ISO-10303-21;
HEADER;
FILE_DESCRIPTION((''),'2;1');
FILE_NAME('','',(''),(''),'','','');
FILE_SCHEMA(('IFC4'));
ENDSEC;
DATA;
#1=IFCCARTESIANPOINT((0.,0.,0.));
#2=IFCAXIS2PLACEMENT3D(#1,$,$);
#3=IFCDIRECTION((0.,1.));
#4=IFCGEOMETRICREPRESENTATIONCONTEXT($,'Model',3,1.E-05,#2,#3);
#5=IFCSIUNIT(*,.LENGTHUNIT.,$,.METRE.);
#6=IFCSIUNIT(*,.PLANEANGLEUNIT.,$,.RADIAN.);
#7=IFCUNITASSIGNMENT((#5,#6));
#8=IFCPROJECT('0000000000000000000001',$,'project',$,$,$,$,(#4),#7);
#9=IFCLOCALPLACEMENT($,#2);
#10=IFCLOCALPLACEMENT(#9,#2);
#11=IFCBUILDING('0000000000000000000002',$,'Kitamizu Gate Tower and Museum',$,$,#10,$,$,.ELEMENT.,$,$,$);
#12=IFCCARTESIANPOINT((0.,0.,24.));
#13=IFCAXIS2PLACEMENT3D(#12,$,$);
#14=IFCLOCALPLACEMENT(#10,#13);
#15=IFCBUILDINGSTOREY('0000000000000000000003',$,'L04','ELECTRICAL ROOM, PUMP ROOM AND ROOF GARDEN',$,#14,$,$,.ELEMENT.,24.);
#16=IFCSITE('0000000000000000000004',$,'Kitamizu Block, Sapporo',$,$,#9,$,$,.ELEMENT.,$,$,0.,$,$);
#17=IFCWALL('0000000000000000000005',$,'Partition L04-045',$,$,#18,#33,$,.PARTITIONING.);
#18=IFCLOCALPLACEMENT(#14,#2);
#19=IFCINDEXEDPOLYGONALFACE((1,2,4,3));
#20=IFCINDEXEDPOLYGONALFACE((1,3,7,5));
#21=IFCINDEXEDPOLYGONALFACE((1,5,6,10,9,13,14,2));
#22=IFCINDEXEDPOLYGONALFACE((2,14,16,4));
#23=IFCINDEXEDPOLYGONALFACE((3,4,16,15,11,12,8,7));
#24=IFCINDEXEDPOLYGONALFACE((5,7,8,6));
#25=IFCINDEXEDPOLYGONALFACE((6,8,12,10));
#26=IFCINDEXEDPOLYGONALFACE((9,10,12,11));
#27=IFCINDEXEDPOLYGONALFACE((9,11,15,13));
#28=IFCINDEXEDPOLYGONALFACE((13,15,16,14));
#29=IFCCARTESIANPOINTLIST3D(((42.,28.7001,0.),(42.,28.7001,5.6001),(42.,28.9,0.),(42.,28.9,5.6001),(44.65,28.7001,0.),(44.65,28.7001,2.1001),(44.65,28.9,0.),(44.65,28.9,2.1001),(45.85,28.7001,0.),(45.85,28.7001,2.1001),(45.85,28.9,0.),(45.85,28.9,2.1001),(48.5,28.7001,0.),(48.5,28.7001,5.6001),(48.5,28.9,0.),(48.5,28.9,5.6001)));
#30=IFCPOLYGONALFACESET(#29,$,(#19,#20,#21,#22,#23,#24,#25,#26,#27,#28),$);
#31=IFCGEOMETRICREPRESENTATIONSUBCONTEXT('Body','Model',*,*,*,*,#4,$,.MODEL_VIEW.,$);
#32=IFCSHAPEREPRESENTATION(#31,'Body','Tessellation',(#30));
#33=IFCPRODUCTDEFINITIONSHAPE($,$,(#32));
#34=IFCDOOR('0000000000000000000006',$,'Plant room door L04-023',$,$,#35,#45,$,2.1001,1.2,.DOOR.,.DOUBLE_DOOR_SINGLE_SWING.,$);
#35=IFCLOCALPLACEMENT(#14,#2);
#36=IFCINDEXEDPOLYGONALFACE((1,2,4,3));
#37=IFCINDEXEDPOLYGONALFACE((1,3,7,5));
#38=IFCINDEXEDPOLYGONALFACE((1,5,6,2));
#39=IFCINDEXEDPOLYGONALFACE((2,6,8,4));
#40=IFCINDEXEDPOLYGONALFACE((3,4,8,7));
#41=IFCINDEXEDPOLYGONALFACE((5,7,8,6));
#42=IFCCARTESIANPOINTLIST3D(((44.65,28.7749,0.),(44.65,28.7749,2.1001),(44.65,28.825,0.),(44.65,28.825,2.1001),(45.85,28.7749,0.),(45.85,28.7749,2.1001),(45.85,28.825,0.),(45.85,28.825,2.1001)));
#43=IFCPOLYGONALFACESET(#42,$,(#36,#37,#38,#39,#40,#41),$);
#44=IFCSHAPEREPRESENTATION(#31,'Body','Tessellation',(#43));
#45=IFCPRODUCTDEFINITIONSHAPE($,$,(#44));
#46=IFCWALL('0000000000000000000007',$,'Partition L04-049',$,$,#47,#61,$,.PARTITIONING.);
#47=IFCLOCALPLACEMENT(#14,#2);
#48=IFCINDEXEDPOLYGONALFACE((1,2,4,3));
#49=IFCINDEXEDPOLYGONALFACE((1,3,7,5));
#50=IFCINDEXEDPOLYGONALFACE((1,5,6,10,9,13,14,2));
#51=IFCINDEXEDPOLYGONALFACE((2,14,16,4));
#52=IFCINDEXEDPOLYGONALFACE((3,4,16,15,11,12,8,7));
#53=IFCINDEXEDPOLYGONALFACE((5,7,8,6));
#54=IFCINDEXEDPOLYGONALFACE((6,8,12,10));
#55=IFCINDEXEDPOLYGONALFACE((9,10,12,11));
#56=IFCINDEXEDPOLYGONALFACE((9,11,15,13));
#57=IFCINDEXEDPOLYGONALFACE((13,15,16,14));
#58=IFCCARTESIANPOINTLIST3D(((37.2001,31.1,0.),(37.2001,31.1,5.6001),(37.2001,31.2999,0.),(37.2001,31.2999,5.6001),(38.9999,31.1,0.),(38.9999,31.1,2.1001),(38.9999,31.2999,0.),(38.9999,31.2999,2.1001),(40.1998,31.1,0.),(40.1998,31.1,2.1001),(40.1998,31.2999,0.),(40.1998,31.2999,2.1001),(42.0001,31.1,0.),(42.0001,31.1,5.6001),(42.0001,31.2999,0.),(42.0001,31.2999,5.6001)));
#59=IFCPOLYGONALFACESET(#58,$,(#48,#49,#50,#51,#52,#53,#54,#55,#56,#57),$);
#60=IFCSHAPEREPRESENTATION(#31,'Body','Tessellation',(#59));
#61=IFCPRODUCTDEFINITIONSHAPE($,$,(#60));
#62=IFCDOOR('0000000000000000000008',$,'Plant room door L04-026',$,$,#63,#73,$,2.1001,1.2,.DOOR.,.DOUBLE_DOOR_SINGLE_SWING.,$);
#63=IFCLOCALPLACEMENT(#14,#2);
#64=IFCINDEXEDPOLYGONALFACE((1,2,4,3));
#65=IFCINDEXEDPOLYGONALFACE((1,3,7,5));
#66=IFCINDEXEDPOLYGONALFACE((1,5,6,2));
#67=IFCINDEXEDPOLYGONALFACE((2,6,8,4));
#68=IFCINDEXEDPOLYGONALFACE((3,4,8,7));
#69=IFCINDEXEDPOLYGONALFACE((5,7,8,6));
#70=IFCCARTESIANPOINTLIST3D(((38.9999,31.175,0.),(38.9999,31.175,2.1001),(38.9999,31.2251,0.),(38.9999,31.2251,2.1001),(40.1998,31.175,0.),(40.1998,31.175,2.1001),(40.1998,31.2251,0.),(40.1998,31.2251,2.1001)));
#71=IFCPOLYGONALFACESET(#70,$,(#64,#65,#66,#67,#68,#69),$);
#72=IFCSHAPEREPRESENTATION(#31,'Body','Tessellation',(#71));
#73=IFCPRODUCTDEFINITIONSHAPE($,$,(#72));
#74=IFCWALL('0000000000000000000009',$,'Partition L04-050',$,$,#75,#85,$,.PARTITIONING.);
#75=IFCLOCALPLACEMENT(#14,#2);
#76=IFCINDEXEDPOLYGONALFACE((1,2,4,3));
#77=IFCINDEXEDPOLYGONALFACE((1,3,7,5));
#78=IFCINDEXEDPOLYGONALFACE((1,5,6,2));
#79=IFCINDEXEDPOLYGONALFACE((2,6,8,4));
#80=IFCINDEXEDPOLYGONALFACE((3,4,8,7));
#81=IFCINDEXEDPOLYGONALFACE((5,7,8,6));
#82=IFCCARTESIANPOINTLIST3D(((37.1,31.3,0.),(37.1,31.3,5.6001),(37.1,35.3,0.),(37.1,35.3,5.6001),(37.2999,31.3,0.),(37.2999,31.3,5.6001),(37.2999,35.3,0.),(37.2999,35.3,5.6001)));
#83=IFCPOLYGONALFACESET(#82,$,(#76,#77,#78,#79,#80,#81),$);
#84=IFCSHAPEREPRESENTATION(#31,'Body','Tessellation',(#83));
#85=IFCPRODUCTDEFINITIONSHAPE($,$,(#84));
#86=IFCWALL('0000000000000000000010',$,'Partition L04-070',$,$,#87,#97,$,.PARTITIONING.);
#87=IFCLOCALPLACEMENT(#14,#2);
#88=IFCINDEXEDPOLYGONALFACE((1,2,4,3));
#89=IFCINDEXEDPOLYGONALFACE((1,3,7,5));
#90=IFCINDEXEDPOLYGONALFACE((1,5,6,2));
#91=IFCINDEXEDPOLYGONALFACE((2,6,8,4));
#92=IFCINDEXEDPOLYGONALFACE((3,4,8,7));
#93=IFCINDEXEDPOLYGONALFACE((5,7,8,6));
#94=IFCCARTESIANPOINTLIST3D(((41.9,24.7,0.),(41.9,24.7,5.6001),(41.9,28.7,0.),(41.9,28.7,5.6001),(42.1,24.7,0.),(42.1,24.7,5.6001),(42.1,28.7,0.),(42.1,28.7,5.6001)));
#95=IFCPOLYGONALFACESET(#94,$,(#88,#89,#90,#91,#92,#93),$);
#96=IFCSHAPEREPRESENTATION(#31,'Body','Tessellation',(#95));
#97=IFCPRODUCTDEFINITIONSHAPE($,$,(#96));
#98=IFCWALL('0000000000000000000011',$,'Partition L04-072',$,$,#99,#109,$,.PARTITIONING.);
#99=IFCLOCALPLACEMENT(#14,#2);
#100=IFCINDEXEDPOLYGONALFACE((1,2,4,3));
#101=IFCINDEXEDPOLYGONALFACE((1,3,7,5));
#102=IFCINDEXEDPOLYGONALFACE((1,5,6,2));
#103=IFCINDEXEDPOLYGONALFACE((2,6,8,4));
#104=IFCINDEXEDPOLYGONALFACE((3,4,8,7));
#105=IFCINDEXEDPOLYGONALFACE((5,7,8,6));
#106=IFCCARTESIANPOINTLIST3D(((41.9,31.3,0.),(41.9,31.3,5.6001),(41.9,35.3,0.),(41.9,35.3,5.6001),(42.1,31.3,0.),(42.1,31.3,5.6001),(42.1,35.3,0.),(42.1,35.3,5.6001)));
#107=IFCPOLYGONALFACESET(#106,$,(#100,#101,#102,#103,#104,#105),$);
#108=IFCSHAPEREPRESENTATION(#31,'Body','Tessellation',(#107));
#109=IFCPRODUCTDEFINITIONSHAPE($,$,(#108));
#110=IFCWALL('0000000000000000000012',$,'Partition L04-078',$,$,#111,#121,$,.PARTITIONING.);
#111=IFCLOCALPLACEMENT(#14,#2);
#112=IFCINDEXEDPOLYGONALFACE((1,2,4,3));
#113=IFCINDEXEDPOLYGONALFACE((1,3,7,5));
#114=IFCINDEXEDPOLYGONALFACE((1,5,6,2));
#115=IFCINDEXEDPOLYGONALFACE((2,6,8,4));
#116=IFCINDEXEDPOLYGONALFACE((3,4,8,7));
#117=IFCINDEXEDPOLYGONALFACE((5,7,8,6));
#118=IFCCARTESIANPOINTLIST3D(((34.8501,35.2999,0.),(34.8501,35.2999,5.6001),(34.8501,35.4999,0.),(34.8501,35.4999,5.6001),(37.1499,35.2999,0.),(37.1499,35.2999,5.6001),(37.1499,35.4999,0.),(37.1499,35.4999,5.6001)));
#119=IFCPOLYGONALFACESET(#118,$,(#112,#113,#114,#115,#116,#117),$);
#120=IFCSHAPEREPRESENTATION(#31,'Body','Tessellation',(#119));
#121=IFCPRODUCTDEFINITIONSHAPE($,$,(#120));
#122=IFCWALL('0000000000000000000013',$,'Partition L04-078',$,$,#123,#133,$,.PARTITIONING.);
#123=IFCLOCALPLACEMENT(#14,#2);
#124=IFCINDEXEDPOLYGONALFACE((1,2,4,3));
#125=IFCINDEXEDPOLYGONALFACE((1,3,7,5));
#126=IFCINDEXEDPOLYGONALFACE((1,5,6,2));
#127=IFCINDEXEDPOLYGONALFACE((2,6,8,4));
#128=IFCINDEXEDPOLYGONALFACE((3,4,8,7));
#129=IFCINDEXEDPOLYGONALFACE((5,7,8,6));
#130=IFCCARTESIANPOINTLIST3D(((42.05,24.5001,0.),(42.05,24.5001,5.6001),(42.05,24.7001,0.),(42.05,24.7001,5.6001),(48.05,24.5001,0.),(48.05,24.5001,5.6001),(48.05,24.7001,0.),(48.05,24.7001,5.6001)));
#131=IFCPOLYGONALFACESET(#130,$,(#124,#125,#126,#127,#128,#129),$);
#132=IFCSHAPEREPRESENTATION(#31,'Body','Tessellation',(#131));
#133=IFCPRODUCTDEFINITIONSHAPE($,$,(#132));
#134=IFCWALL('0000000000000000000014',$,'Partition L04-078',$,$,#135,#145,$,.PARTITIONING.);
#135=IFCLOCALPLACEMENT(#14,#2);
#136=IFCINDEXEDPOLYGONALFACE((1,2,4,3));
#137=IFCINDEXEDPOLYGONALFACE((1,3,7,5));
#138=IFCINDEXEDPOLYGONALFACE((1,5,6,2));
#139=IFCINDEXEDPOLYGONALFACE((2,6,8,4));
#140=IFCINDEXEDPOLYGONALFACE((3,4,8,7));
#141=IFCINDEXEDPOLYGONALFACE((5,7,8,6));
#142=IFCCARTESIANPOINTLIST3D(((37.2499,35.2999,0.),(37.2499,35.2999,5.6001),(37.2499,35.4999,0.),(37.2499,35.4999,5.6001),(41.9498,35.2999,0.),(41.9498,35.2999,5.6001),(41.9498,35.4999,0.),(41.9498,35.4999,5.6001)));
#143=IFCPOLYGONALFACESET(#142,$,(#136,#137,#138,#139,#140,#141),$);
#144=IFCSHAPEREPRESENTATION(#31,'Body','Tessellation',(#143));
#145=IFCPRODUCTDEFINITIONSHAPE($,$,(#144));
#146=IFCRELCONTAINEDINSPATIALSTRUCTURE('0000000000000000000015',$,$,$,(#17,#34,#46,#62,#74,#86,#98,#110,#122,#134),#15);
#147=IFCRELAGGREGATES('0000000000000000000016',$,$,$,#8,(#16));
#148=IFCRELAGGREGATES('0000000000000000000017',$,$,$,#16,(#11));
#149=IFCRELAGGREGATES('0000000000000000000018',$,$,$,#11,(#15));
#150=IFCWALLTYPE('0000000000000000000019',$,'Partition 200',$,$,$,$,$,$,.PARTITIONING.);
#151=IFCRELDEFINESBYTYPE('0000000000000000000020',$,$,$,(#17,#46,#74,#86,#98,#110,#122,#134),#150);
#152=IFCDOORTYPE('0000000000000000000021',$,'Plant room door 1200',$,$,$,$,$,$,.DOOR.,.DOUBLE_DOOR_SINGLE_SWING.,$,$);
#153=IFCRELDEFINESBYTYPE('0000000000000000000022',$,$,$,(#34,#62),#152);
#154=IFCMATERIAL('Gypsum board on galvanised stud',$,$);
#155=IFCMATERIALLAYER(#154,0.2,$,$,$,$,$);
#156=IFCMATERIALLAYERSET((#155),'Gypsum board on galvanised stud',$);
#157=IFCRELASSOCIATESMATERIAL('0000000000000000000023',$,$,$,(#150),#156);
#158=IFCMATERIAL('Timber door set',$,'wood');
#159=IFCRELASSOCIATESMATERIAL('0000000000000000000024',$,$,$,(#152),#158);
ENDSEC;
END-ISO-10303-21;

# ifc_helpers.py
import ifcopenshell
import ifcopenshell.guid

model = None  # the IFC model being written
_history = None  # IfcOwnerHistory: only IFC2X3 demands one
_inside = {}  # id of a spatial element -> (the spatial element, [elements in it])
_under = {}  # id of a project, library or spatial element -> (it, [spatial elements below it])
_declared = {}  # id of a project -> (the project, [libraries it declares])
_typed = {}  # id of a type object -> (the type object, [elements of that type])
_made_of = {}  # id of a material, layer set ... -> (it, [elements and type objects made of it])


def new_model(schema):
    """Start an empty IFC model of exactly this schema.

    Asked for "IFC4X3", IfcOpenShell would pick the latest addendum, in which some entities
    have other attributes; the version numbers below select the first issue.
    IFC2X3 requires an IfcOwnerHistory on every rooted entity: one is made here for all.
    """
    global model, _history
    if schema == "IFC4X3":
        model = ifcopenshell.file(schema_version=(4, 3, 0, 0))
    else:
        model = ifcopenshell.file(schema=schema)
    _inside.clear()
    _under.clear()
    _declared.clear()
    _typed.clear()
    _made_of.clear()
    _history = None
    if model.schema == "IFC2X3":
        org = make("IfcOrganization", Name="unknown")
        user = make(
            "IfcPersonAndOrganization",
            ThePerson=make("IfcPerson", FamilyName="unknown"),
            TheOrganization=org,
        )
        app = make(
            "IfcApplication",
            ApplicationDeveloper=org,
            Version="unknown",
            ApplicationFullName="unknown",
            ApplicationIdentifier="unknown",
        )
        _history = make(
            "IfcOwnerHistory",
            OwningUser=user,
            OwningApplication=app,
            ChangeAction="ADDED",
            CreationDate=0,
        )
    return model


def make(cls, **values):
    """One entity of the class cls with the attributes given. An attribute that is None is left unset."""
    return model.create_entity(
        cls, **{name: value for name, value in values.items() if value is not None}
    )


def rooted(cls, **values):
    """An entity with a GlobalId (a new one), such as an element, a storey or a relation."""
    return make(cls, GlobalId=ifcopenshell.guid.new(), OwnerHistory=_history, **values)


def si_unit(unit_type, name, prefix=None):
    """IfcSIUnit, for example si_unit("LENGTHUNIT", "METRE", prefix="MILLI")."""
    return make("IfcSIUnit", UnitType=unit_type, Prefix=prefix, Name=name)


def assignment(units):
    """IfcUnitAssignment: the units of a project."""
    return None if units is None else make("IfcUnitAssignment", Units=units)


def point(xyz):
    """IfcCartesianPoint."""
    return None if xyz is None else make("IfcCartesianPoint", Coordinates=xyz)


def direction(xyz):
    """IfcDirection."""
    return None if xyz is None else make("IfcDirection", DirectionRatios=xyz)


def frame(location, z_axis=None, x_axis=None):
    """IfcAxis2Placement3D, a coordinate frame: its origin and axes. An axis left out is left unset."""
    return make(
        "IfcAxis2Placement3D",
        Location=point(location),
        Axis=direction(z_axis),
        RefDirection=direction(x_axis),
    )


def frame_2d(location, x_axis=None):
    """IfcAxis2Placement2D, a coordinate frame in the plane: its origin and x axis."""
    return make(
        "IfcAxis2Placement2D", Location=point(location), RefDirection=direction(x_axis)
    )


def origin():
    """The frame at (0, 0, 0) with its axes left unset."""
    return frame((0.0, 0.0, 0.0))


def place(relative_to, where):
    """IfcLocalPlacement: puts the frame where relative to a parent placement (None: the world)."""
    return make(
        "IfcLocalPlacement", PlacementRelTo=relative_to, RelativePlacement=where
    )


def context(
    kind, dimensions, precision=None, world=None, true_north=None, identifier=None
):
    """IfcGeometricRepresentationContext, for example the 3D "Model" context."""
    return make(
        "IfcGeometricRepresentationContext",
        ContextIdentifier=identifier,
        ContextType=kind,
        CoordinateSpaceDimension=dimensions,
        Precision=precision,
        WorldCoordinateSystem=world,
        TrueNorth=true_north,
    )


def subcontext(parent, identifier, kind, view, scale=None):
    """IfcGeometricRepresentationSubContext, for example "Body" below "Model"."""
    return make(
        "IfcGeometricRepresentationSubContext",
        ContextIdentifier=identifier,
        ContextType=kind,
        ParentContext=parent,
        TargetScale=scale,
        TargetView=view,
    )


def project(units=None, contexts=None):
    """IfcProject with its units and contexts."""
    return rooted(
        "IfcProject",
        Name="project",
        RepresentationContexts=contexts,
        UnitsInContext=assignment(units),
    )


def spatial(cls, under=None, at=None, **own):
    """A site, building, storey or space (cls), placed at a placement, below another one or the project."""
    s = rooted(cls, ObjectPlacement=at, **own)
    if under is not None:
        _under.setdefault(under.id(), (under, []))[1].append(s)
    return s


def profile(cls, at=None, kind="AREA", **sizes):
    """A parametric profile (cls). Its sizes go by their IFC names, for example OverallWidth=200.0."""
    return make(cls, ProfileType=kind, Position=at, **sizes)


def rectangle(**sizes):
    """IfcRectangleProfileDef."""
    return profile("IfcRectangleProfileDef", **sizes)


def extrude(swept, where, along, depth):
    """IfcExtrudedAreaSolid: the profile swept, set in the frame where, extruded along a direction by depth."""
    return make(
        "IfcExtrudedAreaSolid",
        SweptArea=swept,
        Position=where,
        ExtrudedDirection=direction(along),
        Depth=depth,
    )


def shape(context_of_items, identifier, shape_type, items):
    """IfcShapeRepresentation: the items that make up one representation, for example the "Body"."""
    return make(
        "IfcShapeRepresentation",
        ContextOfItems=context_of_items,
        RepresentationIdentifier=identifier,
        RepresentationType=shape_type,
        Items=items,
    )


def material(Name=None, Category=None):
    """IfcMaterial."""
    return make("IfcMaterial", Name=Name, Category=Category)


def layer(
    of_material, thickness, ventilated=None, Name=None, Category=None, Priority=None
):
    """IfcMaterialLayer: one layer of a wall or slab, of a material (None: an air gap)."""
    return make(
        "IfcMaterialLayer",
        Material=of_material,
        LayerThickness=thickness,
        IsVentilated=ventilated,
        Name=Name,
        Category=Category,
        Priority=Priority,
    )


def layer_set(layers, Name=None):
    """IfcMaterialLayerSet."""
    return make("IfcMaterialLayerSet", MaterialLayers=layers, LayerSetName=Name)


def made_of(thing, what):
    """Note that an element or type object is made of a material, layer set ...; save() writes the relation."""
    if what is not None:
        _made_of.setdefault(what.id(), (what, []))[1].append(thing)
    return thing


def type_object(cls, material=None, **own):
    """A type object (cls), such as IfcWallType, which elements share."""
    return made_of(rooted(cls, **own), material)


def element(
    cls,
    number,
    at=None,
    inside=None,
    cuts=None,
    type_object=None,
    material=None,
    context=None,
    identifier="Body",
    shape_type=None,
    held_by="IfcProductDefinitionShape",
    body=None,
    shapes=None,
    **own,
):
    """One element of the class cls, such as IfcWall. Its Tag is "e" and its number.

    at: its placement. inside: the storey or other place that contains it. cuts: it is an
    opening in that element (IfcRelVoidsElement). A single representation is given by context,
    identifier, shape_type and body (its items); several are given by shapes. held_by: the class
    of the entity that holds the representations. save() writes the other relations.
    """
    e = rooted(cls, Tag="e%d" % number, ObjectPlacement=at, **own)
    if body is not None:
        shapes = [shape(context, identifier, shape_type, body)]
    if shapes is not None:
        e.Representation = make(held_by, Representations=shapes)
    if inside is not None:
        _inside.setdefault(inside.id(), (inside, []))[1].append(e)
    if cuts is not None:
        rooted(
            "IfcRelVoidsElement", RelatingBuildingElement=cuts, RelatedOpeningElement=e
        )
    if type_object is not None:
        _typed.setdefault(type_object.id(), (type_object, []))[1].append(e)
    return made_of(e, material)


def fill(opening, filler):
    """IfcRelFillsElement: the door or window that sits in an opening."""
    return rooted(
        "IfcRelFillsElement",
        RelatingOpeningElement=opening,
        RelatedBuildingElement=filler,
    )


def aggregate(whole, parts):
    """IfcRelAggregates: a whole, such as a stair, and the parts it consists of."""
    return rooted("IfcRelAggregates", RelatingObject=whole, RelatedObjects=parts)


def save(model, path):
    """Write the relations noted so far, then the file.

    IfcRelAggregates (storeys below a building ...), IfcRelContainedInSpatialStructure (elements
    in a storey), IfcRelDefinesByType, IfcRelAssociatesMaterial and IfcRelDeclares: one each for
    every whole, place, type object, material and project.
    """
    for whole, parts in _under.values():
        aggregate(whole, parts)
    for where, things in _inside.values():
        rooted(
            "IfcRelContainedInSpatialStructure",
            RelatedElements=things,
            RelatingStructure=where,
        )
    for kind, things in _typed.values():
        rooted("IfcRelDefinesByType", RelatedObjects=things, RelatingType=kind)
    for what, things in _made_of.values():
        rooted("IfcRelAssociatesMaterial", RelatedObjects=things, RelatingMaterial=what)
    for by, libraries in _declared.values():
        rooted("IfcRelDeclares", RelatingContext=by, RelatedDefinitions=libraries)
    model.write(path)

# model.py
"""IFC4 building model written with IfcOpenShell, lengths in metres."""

from ifc_helpers import new_model, si_unit, direction, frame, frame_2d, origin, place, context, subcontext, project, spatial, rectangle, extrude, material, layer, layer_set, type_object, element, fill, save


model = new_model("IFC4")

# Units and contexts
model_context = context("Model", 3, precision=1e-05, world=origin(), true_north=direction((0.0, 1.0)))
body_context = subcontext(model_context, "Body", "Model", "MODEL_VIEW")
ifc_project = project(units=[si_unit("LENGTHUNIT", "METRE"), si_unit("PLANEANGLEUNIT", "RADIAN")], contexts=[model_context])

# Site, building, storey
site_placement = place(None, origin())
site = spatial("IfcSite", under=ifc_project, at=site_placement, Name="Kitamizu Block, Sapporo", CompositionType="ELEMENT", RefElevation=0.0)
building_placement = place(site_placement, origin())
building = spatial("IfcBuilding", under=site, at=building_placement, Name="Kitamizu Gate Tower and Museum", CompositionType="ELEMENT")
storey_placement = place(building_placement, frame((0.0, 0.0, 24.0)))
storey = spatial("IfcBuildingStorey", under=building, at=storey_placement, Name="L04", Description="ELECTRICAL ROOM, PUMP ROOM AND ROOF GARDEN", CompositionType="ELEMENT", Elevation=24.0)

# Walls, openings, doors
ifc_material_1 = material(Name="Gypsum board on galvanised stud")
ifc_layer = layer(ifc_material_1, 0.2)
ifc_layer_set = layer_set([ifc_layer], Name="Gypsum board on galvanised stud")
wall_type = type_object("IfcWallType", Name="Partition 200", PredefinedType="PARTITIONING", material=ifc_layer_set)
wall_1_placement = place(storey_placement, frame((42.0, 28.8, 0.0), z_axis=(0.0, 0.0, 1.0), x_axis=(1.0, 0.0, 0.0)))
wall_1 = element("IfcWall", 1, at=wall_1_placement, inside=storey, type_object=wall_type, Name="Partition L04-045", PredefinedType="PARTITIONING", context=body_context, shape_type="SweptSolid", body=[
    extrude(rectangle(XDim=6.5, YDim=0.2, at=frame_2d((3.25, 0.0))), origin(), (0.0, 0.0, 1.0), 5.6001),
])
opening_1_placement = place(wall_1_placement, frame((2.6499, 0.0, 0.0)))
opening_1 = element("IfcOpeningElement", 2, at=opening_1_placement, cuts=wall_1, PredefinedType="OPENING", context=body_context, shape_type="SweptSolid", body=[
    extrude(rectangle(XDim=1.2, YDim=2.1001, at=frame_2d((0.6001, 1.05))), frame((0.0, 0.1099, 0.0), z_axis=(0.0, -1.0, 0.0), x_axis=(1.0, 0.0, 0.0)), (0.0, 0.0, 1.0), 0.22),
])
ifc_material_2 = material(Name="Timber door set", Category="wood")
door_type = type_object("IfcDoorType", Name="Plant room door 1200", OperationType="DOUBLE_DOOR_SINGLE_SWING", PredefinedType="DOOR", material=ifc_material_2)
door_1_placement = place(opening_1_placement, origin())
door_1 = element("IfcDoor", 3, at=door_1_placement, inside=storey, type_object=door_type, Name="Plant room door L04-023", OperationType="DOUBLE_DOOR_SINGLE_SWING", OverallHeight=2.1001, OverallWidth=1.2, PredefinedType="DOOR", context=body_context, shape_type="SweptSolid", body=[
    extrude(rectangle(XDim=1.2, YDim=2.1001, at=frame_2d((0.6001, 1.05))), frame((0.0, 0.0249, 0.0), z_axis=(0.0, -1.0, 0.0), x_axis=(1.0, 0.0, 0.0)), (0.0, 0.0, 1.0), 0.05),
])
fill(opening_1, door_1)
wall_2_placement = place(storey_placement, frame((42.0, 31.2, 0.0), z_axis=(0.0, 0.0, 1.0), x_axis=(-1.0, 0.0, 0.0)))
wall_2 = element("IfcWall", 4, at=wall_2_placement, inside=storey, type_object=wall_type, Name="Partition L04-049", PredefinedType="PARTITIONING", context=body_context, shape_type="SweptSolid", body=[
    extrude(rectangle(XDim=4.8, YDim=0.2, at=frame_2d((2.3999, 0.0))), origin(), (0.0, 0.0, 1.0), 5.6001),
])
opening_2_placement = place(wall_2_placement, frame((1.8, 0.0, 0.0)))
opening_2 = element("IfcOpeningElement", 5, at=opening_2_placement, cuts=wall_2, PredefinedType="OPENING", context=body_context, shape_type="SweptSolid", body=[
    extrude(rectangle(XDim=1.2, YDim=2.1001, at=frame_2d((0.6001, 1.05))), frame((0.0, 0.1099, 0.0), z_axis=(0.0, -1.0, 0.0), x_axis=(1.0, 0.0, 0.0)), (0.0, 0.0, 1.0), 0.22),
])
door_2_placement = place(opening_2_placement, origin())
door_2 = element("IfcDoor", 6, at=door_2_placement, inside=storey, type_object=door_type, Name="Plant room door L04-026", OperationType="DOUBLE_DOOR_SINGLE_SWING", OverallHeight=2.1001, OverallWidth=1.2, PredefinedType="DOOR", context=body_context, shape_type="SweptSolid", body=[
    extrude(rectangle(XDim=1.2, YDim=2.1001, at=frame_2d((0.6001, 1.05))), frame((0.0, 0.0249, 0.0), z_axis=(0.0, -1.0, 0.0), x_axis=(1.0, 0.0, 0.0)), (0.0, 0.0, 1.0), 0.05),
])
fill(opening_2, door_2)

# Walls
for number, where, z_axis, x_axis, name in (
    (7, (37.2, 31.3, 0.0), (0.0, 0.0, 1.0), (0.0, 1.0, 0.0), "Partition L04-050"),
    (8, (42.0, 24.7, 0.0), (0.0, 0.0, 1.0), (0.0, 1.0, 0.0), "Partition L04-070"),
    (9, (42.0, 31.3, 0.0), (0.0, 0.0, 1.0), (0.0, 1.0, 0.0), "Partition L04-072"),
):
    element("IfcWall", number, at=place(storey_placement, frame(where, z_axis=z_axis, x_axis=x_axis)), inside=storey, type_object=wall_type, Name=name, PredefinedType="PARTITIONING", context=body_context, shape_type="SweptSolid", body=[
        extrude(rectangle(XDim=4.0, YDim=0.2, at=frame_2d((2.0, 0.0))), origin(), (0.0, 0.0, 1.0), 5.6001),
    ])
wall_3_placement = place(storey_placement, frame((37.1499, 35.3999, 0.0), z_axis=(0.0, 0.0, 1.0), x_axis=(-1.0, 0.0, 0.0)))
element("IfcWall", 10, at=wall_3_placement, inside=storey, type_object=wall_type, Name="Partition L04-078", PredefinedType="PARTITIONING", context=body_context, shape_type="SweptSolid", body=[
    extrude(rectangle(XDim=2.2998, YDim=0.2, at=frame_2d((1.1499, 0.0))), origin(), (0.0, 0.0, 1.0), 5.6001),
])
wall_4_placement = place(storey_placement, frame((42.05, 24.6001, 0.0), z_axis=(0.0, 0.0, 1.0), x_axis=(1.0, 0.0, 0.0)))
element("IfcWall", 11, at=wall_4_placement, inside=storey, type_object=wall_type, Name="Partition L04-078", PredefinedType="PARTITIONING", context=body_context, shape_type="SweptSolid", body=[
    extrude(rectangle(XDim=6.0, YDim=0.2, at=frame_2d((3.0, 0.0))), origin(), (0.0, 0.0, 1.0), 5.6001),
])
wall_5_placement = place(storey_placement, frame((41.95, 35.3999, 0.0), z_axis=(0.0, 0.0, 1.0), x_axis=(-1.0, 0.0, 0.0)))
element("IfcWall", 12, at=wall_5_placement, inside=storey, type_object=wall_type, Name="Partition L04-078", PredefinedType="PARTITIONING", context=body_context, shape_type="SweptSolid", body=[
    extrude(rectangle(XDim=4.7, YDim=0.2, at=frame_2d((2.3501, 0.0))), origin(), (0.0, 0.0, 1.0), 5.6001),
])

save(model, "model.ifc")
